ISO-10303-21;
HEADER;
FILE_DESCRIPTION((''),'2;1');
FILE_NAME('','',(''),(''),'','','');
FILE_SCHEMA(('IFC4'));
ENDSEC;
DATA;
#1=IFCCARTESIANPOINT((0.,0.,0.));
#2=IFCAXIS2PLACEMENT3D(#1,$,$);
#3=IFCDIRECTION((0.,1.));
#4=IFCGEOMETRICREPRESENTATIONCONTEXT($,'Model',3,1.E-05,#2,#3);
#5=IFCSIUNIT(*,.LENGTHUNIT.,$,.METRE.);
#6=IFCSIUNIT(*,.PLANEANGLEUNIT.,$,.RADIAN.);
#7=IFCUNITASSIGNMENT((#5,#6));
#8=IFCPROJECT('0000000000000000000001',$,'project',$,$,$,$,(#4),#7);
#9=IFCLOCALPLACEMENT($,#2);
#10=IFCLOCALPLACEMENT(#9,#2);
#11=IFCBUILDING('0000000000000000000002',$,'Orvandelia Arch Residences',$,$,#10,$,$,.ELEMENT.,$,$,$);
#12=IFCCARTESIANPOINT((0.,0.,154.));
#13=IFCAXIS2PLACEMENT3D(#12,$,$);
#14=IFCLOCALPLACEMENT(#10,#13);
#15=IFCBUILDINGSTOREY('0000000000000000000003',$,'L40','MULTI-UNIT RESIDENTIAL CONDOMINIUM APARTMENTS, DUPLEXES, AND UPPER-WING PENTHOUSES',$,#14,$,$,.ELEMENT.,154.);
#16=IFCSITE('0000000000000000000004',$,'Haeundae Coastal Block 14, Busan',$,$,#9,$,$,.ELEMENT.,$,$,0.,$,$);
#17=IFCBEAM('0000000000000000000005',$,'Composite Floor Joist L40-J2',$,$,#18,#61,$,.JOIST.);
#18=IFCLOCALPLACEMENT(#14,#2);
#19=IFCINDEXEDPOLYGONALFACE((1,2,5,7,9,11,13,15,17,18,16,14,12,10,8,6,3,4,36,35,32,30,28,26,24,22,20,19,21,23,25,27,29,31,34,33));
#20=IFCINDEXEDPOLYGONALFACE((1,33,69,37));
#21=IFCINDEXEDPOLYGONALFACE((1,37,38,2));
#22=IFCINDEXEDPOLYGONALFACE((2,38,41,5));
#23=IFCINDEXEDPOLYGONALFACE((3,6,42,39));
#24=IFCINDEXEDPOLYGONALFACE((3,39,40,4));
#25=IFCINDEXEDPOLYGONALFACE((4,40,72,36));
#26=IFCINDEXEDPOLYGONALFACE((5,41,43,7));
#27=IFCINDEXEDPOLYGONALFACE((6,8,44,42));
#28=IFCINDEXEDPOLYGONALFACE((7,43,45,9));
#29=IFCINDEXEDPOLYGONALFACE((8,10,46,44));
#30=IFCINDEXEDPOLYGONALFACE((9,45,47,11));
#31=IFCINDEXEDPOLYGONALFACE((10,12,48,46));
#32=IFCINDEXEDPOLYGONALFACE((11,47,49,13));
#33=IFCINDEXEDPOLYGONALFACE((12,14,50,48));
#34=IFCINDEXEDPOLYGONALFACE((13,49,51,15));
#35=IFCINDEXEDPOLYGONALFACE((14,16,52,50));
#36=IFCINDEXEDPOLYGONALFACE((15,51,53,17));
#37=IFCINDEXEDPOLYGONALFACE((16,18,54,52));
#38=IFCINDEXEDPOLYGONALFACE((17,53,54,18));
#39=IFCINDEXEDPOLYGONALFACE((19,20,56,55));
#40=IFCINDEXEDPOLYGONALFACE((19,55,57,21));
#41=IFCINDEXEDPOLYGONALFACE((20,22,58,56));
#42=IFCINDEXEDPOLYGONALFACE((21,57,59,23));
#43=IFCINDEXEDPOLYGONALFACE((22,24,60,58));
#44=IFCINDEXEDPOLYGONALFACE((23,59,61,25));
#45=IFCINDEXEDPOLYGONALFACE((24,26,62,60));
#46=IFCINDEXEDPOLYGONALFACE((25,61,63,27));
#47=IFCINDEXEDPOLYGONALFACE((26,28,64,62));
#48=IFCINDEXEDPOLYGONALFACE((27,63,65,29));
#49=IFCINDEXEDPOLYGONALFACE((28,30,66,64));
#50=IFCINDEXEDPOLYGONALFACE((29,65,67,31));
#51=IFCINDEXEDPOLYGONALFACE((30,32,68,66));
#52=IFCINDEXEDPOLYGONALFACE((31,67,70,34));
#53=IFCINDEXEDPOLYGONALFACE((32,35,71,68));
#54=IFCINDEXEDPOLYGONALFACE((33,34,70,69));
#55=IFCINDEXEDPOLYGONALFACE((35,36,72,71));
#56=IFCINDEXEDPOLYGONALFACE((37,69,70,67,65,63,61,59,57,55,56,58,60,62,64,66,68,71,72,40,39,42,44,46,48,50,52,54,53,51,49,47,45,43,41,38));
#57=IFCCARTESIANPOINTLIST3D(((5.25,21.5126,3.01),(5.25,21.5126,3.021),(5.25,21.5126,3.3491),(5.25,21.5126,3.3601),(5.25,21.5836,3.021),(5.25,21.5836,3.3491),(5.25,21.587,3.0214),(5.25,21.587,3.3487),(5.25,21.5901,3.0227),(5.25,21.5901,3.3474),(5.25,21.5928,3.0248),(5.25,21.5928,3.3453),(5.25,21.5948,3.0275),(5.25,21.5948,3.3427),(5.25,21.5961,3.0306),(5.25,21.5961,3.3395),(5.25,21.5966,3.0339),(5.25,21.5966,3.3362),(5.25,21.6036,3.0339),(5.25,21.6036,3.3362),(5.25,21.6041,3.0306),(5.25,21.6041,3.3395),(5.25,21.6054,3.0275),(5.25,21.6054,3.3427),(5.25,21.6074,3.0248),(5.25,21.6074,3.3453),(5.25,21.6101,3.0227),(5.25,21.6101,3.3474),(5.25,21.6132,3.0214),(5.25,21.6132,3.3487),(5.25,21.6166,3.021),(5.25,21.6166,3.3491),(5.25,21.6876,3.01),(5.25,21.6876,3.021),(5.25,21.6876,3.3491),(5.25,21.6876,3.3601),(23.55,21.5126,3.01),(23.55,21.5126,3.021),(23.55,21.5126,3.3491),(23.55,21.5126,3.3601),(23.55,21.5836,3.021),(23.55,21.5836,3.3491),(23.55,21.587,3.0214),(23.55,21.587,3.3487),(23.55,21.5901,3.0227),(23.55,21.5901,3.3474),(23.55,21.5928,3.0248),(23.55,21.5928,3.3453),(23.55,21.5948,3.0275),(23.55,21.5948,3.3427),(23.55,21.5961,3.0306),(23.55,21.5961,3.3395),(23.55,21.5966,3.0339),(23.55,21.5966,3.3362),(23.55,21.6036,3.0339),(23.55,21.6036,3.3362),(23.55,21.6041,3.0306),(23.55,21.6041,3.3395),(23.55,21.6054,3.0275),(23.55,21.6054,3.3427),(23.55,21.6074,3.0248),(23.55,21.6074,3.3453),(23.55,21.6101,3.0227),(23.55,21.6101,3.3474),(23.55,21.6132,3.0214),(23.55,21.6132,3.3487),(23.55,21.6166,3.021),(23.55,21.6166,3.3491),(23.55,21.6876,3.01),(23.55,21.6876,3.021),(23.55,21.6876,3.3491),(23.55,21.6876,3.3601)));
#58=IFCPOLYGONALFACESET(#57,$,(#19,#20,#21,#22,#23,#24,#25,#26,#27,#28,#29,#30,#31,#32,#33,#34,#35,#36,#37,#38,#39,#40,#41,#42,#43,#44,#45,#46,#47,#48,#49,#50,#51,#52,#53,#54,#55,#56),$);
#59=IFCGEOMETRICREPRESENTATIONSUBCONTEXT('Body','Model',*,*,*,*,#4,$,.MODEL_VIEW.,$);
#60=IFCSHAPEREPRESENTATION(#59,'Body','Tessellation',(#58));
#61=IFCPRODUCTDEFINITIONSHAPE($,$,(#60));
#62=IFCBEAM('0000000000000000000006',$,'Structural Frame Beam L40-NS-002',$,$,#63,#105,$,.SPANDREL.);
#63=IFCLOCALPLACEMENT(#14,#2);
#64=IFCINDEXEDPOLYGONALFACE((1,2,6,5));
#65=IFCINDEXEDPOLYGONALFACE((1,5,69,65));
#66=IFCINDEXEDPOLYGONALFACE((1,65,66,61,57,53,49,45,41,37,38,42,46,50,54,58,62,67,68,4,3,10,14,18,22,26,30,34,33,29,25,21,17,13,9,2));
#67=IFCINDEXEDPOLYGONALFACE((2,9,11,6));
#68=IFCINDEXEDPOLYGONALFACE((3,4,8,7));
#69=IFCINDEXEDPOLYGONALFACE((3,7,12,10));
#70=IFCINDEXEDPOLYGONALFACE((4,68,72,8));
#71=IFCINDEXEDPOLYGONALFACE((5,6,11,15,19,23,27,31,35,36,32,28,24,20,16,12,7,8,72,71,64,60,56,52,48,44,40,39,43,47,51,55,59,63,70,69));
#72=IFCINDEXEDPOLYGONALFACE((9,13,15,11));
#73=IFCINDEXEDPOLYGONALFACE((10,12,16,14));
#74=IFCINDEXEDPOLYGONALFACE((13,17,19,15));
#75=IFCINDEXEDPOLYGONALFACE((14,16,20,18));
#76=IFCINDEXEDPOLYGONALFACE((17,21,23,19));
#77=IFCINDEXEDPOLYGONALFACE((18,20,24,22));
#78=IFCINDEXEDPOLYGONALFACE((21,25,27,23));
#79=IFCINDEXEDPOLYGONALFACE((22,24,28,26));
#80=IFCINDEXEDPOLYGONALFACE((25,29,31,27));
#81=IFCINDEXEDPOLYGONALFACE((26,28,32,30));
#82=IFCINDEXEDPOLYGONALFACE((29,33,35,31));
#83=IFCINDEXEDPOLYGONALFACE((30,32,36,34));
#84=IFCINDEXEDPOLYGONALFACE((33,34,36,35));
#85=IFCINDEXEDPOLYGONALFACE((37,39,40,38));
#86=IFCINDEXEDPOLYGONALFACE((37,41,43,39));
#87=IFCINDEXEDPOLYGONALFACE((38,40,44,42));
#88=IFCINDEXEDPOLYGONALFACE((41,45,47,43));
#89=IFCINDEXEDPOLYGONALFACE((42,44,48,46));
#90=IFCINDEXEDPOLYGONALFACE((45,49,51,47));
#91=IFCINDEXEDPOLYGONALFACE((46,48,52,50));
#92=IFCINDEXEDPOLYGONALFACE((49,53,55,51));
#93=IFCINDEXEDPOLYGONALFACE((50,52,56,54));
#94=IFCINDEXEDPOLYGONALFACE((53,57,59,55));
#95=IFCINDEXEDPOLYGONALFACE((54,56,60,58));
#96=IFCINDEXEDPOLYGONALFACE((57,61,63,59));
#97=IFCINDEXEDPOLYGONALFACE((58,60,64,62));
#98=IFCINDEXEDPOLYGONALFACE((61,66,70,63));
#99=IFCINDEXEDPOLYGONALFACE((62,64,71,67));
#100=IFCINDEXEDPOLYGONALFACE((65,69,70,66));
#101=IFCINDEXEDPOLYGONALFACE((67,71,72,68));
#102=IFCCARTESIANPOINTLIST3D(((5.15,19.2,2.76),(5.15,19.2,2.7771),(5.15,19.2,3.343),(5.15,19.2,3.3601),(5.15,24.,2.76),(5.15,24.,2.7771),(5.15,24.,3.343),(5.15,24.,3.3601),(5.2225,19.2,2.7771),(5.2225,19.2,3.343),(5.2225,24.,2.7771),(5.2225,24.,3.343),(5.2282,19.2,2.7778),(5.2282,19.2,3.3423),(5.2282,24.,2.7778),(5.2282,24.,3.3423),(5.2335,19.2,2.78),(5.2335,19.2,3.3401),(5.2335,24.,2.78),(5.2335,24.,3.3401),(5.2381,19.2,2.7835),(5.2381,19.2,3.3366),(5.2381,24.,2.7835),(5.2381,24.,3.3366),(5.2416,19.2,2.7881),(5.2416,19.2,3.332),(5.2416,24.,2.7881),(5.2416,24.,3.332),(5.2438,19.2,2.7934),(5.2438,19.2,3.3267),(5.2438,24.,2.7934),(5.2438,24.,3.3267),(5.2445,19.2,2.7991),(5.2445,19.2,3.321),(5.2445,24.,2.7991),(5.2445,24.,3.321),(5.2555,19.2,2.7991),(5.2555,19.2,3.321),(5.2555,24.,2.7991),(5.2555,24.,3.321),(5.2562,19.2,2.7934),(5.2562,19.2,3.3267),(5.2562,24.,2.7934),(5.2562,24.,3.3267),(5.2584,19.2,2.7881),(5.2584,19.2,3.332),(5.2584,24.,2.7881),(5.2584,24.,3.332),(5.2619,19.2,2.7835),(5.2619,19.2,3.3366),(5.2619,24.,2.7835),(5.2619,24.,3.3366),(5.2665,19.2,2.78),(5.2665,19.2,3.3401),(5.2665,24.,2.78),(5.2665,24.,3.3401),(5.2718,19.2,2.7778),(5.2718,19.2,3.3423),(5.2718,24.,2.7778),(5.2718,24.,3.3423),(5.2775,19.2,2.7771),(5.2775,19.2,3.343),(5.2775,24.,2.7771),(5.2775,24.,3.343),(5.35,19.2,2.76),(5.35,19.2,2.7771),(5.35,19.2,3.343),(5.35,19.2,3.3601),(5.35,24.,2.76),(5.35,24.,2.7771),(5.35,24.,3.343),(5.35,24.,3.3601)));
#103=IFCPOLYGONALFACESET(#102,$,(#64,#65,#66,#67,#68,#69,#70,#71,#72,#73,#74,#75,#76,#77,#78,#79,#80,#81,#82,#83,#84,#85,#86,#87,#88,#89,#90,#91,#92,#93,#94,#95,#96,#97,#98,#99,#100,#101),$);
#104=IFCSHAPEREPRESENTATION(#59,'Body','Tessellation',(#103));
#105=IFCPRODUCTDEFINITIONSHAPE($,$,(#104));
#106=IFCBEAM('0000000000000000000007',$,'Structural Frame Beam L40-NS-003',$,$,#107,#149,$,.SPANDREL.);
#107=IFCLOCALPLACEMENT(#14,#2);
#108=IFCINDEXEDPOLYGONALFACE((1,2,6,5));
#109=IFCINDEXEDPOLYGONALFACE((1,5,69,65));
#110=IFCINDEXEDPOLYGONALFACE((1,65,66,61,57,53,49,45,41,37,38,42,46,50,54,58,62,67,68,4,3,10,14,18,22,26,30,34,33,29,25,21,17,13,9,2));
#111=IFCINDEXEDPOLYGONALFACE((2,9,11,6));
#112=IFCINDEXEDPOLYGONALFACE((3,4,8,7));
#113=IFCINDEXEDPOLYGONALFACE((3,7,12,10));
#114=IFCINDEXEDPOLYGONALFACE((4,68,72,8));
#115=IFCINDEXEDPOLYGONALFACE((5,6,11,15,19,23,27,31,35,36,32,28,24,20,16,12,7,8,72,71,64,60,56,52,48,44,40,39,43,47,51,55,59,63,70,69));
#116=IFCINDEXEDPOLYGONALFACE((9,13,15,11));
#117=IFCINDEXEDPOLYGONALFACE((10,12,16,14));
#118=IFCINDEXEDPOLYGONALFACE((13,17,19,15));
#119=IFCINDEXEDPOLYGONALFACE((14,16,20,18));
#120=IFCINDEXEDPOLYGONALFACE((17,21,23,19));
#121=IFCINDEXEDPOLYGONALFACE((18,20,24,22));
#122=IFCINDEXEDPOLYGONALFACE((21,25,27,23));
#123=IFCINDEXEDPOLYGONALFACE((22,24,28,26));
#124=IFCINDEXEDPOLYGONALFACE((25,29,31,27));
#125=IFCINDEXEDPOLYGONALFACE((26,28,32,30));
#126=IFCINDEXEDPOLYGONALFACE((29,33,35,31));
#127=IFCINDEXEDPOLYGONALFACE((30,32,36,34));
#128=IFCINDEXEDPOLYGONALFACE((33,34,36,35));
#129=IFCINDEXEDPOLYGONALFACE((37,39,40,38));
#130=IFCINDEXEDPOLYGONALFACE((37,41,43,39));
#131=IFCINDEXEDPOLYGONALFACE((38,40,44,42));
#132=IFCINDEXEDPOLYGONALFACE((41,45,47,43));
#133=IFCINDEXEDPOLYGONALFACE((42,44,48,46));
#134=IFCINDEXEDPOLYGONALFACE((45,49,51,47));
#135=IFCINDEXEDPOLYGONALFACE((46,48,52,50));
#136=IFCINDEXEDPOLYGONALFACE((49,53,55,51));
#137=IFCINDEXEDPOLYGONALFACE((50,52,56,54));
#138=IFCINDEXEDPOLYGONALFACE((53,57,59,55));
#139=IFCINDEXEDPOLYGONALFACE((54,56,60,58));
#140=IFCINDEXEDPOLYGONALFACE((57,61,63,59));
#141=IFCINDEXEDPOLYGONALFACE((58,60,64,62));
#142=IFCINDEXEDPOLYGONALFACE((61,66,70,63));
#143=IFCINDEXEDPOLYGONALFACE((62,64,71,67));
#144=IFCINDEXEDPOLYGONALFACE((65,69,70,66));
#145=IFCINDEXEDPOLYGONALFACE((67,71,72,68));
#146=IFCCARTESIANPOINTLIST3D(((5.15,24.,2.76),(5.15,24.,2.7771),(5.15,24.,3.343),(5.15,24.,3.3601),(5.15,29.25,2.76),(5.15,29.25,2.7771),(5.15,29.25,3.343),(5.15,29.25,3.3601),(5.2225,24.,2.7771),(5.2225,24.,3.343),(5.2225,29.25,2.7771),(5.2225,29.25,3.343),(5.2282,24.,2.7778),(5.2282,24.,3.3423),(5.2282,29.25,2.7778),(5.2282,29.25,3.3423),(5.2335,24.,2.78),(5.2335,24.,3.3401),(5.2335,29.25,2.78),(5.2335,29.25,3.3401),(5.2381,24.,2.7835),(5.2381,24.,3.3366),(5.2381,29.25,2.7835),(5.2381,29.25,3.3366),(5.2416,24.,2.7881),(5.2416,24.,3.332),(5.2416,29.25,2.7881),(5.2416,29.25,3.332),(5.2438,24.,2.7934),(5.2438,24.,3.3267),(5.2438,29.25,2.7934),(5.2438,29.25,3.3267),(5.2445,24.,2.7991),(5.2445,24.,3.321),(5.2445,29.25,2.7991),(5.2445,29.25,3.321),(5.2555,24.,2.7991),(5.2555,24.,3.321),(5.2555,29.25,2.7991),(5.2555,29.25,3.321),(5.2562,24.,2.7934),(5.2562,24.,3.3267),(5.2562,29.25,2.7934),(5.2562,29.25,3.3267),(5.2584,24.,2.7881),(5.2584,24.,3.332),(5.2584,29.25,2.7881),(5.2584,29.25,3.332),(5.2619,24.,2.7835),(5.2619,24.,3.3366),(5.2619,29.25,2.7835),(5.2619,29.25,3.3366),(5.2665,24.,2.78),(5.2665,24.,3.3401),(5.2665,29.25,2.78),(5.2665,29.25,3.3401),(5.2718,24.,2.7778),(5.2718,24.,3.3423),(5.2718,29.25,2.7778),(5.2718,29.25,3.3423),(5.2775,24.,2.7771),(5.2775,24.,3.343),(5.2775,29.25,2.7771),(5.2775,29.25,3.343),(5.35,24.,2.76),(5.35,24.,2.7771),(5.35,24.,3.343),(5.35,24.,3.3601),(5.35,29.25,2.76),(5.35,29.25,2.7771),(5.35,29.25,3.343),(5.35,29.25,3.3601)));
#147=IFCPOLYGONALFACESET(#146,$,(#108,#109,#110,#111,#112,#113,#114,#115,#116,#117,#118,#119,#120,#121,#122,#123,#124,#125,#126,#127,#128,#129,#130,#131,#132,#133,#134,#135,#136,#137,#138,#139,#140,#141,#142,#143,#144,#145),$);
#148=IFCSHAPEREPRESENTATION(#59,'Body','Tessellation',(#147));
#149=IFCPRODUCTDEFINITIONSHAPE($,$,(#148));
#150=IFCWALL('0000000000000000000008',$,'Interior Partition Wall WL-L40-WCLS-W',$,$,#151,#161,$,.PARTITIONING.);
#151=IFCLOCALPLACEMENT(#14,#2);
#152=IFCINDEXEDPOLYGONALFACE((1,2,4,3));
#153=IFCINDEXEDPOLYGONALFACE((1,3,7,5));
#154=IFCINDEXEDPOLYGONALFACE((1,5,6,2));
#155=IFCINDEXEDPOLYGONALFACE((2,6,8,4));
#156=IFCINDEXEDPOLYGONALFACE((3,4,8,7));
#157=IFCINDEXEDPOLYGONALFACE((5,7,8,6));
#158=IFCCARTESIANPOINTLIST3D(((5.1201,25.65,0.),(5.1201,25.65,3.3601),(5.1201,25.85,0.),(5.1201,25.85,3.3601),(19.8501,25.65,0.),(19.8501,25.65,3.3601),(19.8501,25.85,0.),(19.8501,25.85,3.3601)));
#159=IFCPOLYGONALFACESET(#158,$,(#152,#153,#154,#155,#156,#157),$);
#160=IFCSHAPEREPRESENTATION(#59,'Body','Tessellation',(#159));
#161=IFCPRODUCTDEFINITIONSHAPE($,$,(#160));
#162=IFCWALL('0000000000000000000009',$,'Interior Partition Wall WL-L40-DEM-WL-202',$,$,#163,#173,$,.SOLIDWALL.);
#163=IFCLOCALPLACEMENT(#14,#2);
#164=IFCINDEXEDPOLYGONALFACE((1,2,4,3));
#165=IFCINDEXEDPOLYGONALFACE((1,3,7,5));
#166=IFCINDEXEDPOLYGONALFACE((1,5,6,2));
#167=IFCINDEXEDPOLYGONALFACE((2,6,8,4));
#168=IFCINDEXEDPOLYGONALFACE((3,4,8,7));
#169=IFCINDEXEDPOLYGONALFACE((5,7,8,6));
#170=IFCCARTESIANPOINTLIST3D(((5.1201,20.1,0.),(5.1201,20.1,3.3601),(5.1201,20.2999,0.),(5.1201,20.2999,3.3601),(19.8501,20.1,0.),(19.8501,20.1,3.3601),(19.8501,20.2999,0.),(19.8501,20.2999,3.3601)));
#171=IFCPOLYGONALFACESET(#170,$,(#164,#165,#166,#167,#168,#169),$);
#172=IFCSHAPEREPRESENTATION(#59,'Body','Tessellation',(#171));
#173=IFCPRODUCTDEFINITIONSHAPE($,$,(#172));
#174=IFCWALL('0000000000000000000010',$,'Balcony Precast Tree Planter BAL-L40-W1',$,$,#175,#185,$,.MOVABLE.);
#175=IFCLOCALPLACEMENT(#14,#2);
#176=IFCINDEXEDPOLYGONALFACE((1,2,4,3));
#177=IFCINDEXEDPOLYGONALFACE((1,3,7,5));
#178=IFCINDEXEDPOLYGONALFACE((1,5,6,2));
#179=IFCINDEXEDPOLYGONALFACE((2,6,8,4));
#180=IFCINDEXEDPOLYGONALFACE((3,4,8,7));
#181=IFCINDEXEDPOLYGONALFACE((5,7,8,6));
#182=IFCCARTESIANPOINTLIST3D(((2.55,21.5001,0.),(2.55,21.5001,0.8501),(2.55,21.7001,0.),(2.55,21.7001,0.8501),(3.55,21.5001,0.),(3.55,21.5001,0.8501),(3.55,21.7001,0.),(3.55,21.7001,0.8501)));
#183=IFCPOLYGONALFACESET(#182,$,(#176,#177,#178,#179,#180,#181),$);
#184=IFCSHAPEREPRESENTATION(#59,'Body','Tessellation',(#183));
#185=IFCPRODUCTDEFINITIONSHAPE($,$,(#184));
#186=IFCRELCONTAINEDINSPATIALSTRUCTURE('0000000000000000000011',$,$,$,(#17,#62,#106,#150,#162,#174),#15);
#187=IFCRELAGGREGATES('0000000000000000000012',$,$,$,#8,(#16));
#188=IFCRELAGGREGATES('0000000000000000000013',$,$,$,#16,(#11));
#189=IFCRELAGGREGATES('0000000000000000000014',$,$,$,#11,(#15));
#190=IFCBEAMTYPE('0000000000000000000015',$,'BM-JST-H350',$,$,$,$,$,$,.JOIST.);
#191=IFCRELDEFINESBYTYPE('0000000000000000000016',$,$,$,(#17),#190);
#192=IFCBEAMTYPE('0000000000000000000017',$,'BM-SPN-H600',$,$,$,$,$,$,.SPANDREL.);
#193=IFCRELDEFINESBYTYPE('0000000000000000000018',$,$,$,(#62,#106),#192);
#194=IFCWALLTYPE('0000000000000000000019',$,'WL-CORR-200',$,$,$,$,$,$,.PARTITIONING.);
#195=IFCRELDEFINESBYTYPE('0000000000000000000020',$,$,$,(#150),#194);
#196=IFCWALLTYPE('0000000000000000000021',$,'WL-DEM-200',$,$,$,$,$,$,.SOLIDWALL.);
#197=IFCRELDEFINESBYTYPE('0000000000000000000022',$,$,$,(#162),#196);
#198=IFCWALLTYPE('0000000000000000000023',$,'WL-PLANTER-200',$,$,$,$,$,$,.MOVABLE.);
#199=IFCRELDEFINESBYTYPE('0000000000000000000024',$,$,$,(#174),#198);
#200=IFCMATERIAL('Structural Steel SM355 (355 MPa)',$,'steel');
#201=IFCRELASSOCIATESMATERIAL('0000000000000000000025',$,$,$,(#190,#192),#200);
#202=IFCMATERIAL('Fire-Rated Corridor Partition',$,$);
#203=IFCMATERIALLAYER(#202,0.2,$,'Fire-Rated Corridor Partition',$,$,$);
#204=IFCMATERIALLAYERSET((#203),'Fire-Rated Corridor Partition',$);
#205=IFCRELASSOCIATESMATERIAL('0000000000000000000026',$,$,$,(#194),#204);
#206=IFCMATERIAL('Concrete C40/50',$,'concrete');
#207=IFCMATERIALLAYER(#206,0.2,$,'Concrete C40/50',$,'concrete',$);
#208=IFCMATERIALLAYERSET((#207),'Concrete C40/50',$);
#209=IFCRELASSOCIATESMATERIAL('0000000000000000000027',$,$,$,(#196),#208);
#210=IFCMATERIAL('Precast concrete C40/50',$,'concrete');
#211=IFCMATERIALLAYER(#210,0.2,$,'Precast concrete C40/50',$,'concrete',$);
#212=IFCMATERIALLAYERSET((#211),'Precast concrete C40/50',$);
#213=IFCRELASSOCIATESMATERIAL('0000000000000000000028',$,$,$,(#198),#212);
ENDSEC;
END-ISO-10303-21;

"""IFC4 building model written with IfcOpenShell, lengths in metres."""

from ifc_helpers import new_model, si_unit, direction, frame, frame_2d, origin, origin_2d, place, context, subcontext, project, spatial, rectangle, i_section, extrude, material, layer, layer_set, material_profile, profile_set, type_object, element, save


model = new_model("IFC4")

# Units and contexts
model_context = context("Model", 3, precision=1e-05, world=origin(), true_north=direction((0.0, 1.0)))
body_context = subcontext(model_context, "Body", "Model", "MODEL_VIEW")
ifc_project = project(units=[si_unit("LENGTHUNIT", "METRE"), si_unit("PLANEANGLEUNIT", "RADIAN")], contexts=[model_context])

# Site, building, storey
site_placement = place(None, origin())
site = spatial("IfcSite", under=ifc_project, at=site_placement, Name="Haeundae Coastal Block 14, Busan", CompositionType="ELEMENT", RefElevation=0.0)
building_placement = place(site_placement, origin())
building = spatial("IfcBuilding", under=site, at=building_placement, Name="Orvandelia Arch Residences", CompositionType="ELEMENT")
storey_placement = place(building_placement, frame((0.0, 0.0, 154.0)))
storey = spatial("IfcBuildingStorey", under=building, at=storey_placement, Name="L40", Description="MULTI-UNIT RESIDENTIAL CONDOMINIUM APARTMENTS, DUPLEXES, AND UPPER-WING PENTHOUSES", CompositionType="ELEMENT", Elevation=154.0)

# Beams
ifc_material_1 = material(Name="Structural Steel SM355 (355 MPa)", Category="steel")
ifc_material_profile_1 = material_profile(ifc_material_1, i_section(OverallWidth=0.175, OverallDepth=0.3501, WebThickness=0.0071, FlangeThickness=0.011, FilletRadius=0.0129, at=origin_2d()), Name="Structural Steel SM355 (355 MPa)", Category="steel")
ifc_profile_set_1 = profile_set([ifc_material_profile_1], Name="Structural Steel SM355 (355 MPa)")
beam_type_1 = type_object("IfcBeamType", Name="BM-JST-H350", PredefinedType="JOIST", material=ifc_profile_set_1)
for number, where, z_axis, x_axis, name in (
    (1, (5.25, 21.6001, 3.1851), (1.0, 0.0, 0.0), (0.0, 1.0, 0.0), "Composite Floor Joist L40-J2"),
):
    element("IfcBeam", number, at=place(storey_placement, frame(where, z_axis=z_axis, x_axis=x_axis)), inside=storey, type_object=beam_type_1, Name=name, PredefinedType="JOIST", context=body_context, shape_type="SweptSolid", body=[
        extrude(i_section(OverallWidth=0.175, OverallDepth=0.3501, WebThickness=0.0071, FlangeThickness=0.011, FilletRadius=0.0129, at=origin_2d()), origin(), (0.0, 0.0, 1.0), 18.3),
    ])
ifc_material_profile_2 = material_profile(ifc_material_1, i_section(OverallWidth=0.2, OverallDepth=0.6001, WebThickness=0.011, FlangeThickness=0.0171, FilletRadius=0.022, at=origin_2d()), Name="Structural Steel SM355 (355 MPa)", Category="steel")
ifc_profile_set_2 = profile_set([ifc_material_profile_2], Name="Structural Steel SM355 (355 MPa)")
beam_type_2 = type_object("IfcBeamType", Name="BM-SPN-H600", PredefinedType="SPANDREL", material=ifc_profile_set_2)
beam_1_placement = place(storey_placement, frame((5.25, 19.2, 3.0601), z_axis=(0.0, 1.0, 0.0), x_axis=(-1.0, 0.0, 0.0)))
element("IfcBeam", 2, at=beam_1_placement, inside=storey, type_object=beam_type_2, Name="Structural Frame Beam L40-NS-002", PredefinedType="SPANDREL", context=body_context, shape_type="SweptSolid", body=[
    extrude(i_section(OverallWidth=0.2, OverallDepth=0.6001, WebThickness=0.011, FlangeThickness=0.0171, FilletRadius=0.022, at=origin_2d()), origin(), (0.0, 0.0, 1.0), 4.8),
])
beam_2_placement = place(storey_placement, frame((5.25, 24.0, 3.0601), z_axis=(0.0, 1.0, 0.0), x_axis=(-1.0, 0.0, 0.0)))
element("IfcBeam", 3, at=beam_2_placement, inside=storey, type_object=beam_type_2, Name="Structural Frame Beam L40-NS-003", PredefinedType="SPANDREL", context=body_context, shape_type="SweptSolid", body=[
    extrude(i_section(OverallWidth=0.2, OverallDepth=0.6001, WebThickness=0.011, FlangeThickness=0.0171, FilletRadius=0.022, at=origin_2d()), origin(), (0.0, 0.0, 1.0), 5.25),
])

# Walls
ifc_material_2 = material(Name="Fire-Rated Corridor Partition")
ifc_layer_1 = layer(ifc_material_2, 0.2, Name="Fire-Rated Corridor Partition")
ifc_layer_set_1 = layer_set([ifc_layer_1], Name="Fire-Rated Corridor Partition")
wall_type_1 = type_object("IfcWallType", Name="WL-CORR-200", PredefinedType="PARTITIONING", material=ifc_layer_set_1)
wall_1_placement = place(storey_placement, frame((5.1201, 25.75, 0.0), z_axis=(0.0, 0.0, 1.0), x_axis=(1.0, 0.0, 0.0)))
element("IfcWall", 4, at=wall_1_placement, inside=storey, type_object=wall_type_1, Name="Interior Partition Wall WL-L40-WCLS-W", PredefinedType="PARTITIONING", context=body_context, shape_type="SweptSolid", body=[
    extrude(rectangle(XDim=14.73, YDim=0.2, at=frame_2d((7.365, 0.0))), origin(), (0.0, 0.0, 1.0), 3.3601),
])
ifc_material_3 = material(Name="Concrete C40/50", Category="concrete")
ifc_layer_2 = layer(ifc_material_3, 0.2, Name="Concrete C40/50", Category="concrete")
ifc_layer_set_2 = layer_set([ifc_layer_2], Name="Concrete C40/50")
wall_type_2 = type_object("IfcWallType", Name="WL-DEM-200", PredefinedType="SOLIDWALL", material=ifc_layer_set_2)
wall_2_placement = place(storey_placement, frame((5.1201, 20.2, 0.0), z_axis=(0.0, 0.0, 1.0), x_axis=(1.0, 0.0, 0.0)))
element("IfcWall", 5, at=wall_2_placement, inside=storey, type_object=wall_type_2, Name="Interior Partition Wall WL-L40-DEM-WL-202", PredefinedType="SOLIDWALL", context=body_context, shape_type="SweptSolid", body=[
    extrude(rectangle(XDim=14.73, YDim=0.2, at=frame_2d((7.365, 0.0))), origin(), (0.0, 0.0, 1.0), 3.3601),
])
ifc_material_4 = material(Name="Precast concrete C40/50", Category="concrete")
ifc_layer_3 = layer(ifc_material_4, 0.2, Name="Precast concrete C40/50", Category="concrete")
ifc_layer_set_3 = layer_set([ifc_layer_3], Name="Precast concrete C40/50")
wall_type_3 = type_object("IfcWallType", Name="WL-PLANTER-200", PredefinedType="MOVABLE", material=ifc_layer_set_3)
wall_3_placement = place(storey_placement, frame((2.55, 21.6001, 0.0), z_axis=(0.0, 0.0, 1.0), x_axis=(1.0, 0.0, 0.0)))
element("IfcWall", 6, at=wall_3_placement, inside=storey, type_object=wall_type_3, Name="Balcony Precast Tree Planter BAL-L40-W1", PredefinedType="MOVABLE", context=body_context, shape_type="SweptSolid", body=[
    extrude(rectangle(XDim=1.0, YDim=0.2, at=frame_2d((0.5, 0.0))), origin(), (0.0, 0.0, 1.0), 0.8501),
])

save(model, "model.ifc")
